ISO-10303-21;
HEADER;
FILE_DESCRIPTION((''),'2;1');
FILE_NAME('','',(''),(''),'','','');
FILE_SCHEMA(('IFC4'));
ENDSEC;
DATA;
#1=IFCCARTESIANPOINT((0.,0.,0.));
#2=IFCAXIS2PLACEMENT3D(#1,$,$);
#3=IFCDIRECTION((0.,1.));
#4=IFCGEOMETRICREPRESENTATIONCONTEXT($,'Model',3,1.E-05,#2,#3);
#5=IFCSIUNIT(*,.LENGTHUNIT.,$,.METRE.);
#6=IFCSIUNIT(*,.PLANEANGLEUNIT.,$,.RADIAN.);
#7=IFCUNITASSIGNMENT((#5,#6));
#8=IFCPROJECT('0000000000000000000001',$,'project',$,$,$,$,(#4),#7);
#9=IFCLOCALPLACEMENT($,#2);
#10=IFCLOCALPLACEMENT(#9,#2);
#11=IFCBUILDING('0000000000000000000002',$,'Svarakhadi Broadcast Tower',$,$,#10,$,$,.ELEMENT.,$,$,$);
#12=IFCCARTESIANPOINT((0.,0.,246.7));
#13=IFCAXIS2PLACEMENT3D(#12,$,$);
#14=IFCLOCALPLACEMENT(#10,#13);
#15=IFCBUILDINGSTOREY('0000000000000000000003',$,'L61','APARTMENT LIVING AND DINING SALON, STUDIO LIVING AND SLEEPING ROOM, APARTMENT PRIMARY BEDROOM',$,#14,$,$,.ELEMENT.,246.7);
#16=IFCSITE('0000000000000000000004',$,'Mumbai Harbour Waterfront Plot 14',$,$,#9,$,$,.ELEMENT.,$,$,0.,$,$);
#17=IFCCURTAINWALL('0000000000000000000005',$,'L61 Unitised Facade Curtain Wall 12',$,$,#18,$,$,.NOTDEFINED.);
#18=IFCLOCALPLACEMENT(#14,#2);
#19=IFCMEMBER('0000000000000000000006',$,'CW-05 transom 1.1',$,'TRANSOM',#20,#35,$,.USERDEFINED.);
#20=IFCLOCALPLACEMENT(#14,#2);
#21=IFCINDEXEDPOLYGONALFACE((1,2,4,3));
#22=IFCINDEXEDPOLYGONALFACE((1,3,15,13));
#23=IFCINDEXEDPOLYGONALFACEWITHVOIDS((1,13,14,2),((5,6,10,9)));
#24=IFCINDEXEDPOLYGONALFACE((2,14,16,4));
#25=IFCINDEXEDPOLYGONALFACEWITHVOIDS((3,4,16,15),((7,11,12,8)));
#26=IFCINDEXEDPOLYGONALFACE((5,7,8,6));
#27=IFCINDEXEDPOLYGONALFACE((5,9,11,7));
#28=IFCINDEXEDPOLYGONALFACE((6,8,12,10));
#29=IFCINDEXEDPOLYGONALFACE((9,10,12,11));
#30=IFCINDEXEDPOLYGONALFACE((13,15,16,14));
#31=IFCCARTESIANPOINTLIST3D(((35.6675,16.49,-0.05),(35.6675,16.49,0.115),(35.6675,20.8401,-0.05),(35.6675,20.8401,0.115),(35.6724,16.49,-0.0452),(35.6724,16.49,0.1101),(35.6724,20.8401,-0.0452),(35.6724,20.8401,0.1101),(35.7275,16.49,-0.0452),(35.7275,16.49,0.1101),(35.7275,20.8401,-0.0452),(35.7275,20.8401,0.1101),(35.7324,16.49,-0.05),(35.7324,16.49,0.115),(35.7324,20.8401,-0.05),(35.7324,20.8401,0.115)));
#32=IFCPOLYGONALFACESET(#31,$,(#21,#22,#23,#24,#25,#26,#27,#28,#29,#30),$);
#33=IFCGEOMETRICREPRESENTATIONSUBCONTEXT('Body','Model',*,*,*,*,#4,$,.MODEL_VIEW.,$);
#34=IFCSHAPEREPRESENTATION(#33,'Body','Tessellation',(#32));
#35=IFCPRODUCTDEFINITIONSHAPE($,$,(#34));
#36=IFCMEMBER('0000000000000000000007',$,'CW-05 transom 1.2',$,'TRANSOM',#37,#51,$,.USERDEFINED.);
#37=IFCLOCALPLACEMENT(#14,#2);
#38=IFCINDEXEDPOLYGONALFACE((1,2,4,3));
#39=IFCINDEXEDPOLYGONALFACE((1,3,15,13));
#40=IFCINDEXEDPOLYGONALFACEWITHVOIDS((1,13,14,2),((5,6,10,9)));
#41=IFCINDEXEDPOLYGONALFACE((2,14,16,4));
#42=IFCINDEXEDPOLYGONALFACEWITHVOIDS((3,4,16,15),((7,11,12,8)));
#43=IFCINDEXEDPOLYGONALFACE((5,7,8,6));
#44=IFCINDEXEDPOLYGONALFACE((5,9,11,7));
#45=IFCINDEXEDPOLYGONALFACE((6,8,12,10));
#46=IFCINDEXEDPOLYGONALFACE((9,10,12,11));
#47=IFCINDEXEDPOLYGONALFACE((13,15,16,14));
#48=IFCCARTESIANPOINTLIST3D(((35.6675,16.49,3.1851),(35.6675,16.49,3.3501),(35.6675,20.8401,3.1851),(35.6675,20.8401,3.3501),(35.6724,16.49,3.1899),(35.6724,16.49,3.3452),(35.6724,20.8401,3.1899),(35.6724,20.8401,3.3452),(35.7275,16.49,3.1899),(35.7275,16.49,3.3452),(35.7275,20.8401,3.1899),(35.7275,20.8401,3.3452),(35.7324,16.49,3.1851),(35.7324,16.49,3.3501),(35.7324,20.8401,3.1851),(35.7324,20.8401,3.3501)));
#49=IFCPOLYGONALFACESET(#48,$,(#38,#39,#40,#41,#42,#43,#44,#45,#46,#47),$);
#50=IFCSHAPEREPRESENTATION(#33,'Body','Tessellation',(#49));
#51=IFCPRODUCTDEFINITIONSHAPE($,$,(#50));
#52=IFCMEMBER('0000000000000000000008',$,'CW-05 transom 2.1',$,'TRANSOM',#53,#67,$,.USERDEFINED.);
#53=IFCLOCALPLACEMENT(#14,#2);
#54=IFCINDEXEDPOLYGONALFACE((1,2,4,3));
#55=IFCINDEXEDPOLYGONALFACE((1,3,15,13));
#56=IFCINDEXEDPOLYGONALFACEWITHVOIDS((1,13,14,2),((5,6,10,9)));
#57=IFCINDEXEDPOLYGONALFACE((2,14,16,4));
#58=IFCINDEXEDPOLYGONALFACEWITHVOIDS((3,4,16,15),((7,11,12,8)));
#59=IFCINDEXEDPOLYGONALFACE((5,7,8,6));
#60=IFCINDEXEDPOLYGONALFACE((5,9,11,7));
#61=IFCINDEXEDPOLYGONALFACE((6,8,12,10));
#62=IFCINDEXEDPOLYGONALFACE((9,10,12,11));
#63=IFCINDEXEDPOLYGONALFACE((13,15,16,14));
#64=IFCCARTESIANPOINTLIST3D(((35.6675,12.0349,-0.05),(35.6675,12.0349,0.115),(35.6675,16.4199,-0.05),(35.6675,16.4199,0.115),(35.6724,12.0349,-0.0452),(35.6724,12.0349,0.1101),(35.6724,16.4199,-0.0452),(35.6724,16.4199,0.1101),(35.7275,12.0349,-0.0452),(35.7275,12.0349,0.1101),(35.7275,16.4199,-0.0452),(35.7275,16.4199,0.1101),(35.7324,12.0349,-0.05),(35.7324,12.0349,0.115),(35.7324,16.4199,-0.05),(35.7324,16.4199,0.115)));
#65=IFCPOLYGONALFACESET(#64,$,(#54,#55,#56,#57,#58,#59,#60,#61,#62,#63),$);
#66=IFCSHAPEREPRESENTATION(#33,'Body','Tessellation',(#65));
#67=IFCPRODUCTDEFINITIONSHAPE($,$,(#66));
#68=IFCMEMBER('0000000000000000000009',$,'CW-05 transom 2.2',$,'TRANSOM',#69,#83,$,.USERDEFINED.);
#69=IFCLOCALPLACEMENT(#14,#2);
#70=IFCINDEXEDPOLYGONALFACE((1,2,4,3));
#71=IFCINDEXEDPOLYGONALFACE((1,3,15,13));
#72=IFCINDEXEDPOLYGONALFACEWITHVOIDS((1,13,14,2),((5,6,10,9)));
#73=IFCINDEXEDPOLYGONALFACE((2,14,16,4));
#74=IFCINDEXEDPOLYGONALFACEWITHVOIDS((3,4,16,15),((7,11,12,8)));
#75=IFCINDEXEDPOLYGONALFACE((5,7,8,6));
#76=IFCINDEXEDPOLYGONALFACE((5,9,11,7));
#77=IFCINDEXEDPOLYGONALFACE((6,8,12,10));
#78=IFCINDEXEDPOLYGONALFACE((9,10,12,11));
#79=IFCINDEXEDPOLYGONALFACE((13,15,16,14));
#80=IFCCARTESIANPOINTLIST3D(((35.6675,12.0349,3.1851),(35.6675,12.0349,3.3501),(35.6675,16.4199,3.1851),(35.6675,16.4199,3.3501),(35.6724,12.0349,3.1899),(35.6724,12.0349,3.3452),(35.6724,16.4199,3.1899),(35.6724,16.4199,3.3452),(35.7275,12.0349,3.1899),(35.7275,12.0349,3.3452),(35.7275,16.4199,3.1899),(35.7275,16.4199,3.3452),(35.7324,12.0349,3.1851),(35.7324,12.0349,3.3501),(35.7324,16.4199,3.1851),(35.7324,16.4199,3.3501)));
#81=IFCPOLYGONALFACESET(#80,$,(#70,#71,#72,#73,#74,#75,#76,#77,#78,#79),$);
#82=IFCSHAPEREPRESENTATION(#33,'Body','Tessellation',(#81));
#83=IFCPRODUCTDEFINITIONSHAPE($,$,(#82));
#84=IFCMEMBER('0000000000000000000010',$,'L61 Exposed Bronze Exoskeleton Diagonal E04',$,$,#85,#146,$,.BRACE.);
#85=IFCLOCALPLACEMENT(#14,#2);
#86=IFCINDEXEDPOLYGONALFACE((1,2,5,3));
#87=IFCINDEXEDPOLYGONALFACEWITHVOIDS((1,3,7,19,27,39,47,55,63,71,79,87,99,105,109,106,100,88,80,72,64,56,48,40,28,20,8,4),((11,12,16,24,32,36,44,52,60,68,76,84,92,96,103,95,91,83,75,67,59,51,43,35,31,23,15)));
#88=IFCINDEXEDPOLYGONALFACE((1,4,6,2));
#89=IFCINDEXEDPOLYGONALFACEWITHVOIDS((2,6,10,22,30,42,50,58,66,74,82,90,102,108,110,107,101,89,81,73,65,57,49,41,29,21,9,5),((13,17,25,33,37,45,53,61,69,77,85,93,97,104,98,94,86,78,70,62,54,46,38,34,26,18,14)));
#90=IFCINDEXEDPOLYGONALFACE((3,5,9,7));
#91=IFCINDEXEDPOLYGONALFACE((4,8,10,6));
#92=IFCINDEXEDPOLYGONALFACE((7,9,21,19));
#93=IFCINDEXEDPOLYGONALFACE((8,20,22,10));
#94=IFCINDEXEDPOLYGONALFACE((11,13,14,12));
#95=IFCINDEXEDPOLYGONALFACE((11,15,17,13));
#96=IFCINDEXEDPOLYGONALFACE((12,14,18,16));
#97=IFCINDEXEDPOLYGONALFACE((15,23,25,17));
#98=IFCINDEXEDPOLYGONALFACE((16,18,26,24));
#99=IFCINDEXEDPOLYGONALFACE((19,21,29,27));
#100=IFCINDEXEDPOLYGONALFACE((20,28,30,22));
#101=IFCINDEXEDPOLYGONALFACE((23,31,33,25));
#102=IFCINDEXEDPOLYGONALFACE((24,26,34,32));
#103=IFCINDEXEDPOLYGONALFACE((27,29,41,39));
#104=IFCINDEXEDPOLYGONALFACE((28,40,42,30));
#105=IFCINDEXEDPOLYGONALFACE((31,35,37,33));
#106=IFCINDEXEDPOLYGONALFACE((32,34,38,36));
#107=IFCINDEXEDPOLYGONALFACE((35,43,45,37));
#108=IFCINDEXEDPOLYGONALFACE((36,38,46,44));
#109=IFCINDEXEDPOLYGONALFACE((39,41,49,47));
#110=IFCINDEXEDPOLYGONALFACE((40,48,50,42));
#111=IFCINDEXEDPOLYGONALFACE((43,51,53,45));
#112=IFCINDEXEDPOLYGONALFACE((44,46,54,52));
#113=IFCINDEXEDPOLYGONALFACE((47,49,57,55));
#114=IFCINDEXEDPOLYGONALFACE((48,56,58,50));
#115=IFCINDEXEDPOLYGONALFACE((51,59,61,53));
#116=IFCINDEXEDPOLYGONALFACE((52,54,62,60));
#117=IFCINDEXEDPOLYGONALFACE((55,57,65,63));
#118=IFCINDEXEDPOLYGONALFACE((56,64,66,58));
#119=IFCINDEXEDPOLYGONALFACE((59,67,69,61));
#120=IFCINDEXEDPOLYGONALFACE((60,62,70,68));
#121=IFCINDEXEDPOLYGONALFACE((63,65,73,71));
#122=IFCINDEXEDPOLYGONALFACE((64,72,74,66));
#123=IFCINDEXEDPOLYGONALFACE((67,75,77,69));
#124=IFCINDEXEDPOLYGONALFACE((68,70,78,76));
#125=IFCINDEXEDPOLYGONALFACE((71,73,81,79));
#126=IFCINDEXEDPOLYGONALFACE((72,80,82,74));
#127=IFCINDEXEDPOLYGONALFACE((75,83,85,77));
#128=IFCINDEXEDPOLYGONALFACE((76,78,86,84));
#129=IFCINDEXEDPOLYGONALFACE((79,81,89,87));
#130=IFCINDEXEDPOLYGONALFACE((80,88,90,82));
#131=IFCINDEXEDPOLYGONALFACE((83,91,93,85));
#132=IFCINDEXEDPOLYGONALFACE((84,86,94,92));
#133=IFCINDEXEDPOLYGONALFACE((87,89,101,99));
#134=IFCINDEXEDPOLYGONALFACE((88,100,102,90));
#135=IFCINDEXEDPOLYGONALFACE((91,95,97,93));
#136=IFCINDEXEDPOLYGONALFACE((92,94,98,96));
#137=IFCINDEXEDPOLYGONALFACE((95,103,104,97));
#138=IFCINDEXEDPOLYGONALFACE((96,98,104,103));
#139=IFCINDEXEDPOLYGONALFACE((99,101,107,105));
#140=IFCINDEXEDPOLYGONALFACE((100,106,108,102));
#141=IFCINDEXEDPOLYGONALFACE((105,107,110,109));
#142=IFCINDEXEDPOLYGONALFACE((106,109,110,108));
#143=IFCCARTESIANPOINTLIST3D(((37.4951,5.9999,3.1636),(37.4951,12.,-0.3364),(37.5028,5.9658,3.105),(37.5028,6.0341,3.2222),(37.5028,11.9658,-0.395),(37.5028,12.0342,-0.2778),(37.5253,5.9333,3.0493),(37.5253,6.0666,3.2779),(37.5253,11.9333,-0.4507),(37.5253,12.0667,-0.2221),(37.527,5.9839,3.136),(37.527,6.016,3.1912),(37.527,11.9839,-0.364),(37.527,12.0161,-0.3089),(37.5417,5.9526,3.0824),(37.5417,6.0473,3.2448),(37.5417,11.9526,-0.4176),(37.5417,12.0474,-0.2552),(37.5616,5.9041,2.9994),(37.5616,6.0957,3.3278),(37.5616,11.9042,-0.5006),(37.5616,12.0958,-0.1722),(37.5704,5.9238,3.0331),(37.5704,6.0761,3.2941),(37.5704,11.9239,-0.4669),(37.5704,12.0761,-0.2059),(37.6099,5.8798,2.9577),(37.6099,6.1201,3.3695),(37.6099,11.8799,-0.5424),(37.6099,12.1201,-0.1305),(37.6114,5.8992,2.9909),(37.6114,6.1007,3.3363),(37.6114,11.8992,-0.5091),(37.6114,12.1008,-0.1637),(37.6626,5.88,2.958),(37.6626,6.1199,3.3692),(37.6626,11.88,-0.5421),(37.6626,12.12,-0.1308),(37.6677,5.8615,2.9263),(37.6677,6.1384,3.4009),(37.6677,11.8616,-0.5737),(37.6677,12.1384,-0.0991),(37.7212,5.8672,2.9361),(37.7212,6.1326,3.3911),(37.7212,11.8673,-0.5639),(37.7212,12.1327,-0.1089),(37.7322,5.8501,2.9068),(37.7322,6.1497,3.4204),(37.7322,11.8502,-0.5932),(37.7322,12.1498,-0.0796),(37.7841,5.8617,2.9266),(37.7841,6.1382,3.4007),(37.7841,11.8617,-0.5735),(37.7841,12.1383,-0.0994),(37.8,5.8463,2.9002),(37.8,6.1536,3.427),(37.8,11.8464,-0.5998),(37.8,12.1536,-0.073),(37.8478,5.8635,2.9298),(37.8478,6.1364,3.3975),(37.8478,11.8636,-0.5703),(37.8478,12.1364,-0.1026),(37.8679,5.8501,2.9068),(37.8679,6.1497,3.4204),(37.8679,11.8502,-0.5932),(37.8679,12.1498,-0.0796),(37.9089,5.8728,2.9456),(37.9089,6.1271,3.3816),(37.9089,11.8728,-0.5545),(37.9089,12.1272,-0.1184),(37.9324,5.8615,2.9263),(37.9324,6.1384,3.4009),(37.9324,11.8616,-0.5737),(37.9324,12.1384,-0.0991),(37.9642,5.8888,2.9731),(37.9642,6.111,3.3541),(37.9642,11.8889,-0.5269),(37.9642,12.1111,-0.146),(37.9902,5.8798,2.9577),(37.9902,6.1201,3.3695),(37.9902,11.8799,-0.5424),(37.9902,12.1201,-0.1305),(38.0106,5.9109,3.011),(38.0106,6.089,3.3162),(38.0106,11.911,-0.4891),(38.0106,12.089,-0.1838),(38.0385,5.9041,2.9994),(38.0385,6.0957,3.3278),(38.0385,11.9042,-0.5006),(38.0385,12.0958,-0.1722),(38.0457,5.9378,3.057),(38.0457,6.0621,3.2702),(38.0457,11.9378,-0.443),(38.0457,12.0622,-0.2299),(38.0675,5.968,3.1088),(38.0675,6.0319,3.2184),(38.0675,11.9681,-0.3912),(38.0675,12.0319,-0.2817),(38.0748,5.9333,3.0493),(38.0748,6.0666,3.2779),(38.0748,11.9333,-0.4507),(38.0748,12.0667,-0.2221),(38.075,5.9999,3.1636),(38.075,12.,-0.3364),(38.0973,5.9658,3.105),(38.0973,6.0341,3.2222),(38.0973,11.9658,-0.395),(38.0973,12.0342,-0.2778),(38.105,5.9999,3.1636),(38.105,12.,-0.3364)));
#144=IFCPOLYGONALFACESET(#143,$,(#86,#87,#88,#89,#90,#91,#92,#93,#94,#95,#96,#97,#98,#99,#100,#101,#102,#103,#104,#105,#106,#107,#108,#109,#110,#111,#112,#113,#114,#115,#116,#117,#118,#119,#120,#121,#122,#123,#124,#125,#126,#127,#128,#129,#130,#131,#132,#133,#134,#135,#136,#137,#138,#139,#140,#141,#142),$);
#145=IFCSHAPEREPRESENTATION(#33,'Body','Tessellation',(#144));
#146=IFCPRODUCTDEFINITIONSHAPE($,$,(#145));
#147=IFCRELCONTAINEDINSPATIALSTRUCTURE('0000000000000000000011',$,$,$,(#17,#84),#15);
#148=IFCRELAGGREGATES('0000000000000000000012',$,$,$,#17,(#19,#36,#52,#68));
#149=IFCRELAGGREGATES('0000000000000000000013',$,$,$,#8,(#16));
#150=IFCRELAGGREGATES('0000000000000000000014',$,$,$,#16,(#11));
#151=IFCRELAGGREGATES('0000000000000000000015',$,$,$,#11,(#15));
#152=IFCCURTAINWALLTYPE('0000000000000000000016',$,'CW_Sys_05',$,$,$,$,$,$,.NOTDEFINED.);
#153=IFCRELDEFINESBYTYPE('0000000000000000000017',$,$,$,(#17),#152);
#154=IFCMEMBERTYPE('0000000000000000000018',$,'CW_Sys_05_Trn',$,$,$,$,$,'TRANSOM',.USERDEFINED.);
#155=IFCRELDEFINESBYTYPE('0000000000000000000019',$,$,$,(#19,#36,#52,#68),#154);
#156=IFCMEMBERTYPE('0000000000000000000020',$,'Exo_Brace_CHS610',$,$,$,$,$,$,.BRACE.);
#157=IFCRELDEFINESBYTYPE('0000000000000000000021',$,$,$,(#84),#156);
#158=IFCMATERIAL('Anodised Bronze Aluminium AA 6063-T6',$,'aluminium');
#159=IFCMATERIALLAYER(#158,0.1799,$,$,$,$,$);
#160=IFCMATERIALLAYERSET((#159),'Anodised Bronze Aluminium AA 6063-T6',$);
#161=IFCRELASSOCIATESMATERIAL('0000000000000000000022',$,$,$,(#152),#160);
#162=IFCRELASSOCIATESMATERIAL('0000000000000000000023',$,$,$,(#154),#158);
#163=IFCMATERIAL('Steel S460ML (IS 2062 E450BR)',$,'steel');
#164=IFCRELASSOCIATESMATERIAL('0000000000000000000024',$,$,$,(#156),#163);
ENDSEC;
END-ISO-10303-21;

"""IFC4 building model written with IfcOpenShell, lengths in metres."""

from ifc_helpers import new_model, si_unit, direction, frame, origin, origin_2d, place, context, subcontext, project, spatial, hollow_rectangle, hollow_circle, extrude, material, layer, layer_set, material_profile, profile_set, type_object, element, aggregate, save


model = new_model("IFC4")

# Units and contexts
model_context = context("Model", 3, precision=1e-05, world=origin(), true_north=direction((0.0, 1.0)))
body_context = subcontext(model_context, "Body", "Model", "MODEL_VIEW")
ifc_project = project(units=[si_unit("LENGTHUNIT", "METRE"), si_unit("PLANEANGLEUNIT", "RADIAN")], contexts=[model_context])

# Site, building, storey
site_placement = place(None, origin())
site = spatial("IfcSite", under=ifc_project, at=site_placement, Name="Mumbai Harbour Waterfront Plot 14", CompositionType="ELEMENT", RefElevation=0.0)
building_placement = place(site_placement, origin())
building = spatial("IfcBuilding", under=site, at=building_placement, Name="Svarakhadi Broadcast Tower", CompositionType="ELEMENT")
storey_placement = place(building_placement, frame((0.0, 0.0, 246.7)))
storey = spatial("IfcBuildingStorey", under=building, at=storey_placement, Name="L61", Description="APARTMENT LIVING AND DINING SALON, STUDIO LIVING AND SLEEPING ROOM, APARTMENT PRIMARY BEDROOM", CompositionType="ELEMENT", Elevation=246.7)

# Shared definitions
ifc_material_1 = material(Name="Steel S460ML (IS 2062 E450BR)", Category="steel")

# Shared definitions
ifc_material_2 = material(Name="Anodised Bronze Aluminium AA 6063-T6", Category="aluminium")
ifc_layer_1 = layer(ifc_material_2, 0.1799)
ifc_layer_set_1 = layer_set([ifc_layer_1], Name="Anodised Bronze Aluminium AA 6063-T6")
curtain_wall_type = type_object("IfcCurtainWallType", Name="CW_Sys_05", PredefinedType="NOTDEFINED", material=ifc_layer_set_1)

# Curtain wall
curtain_wall_1_placement = place(storey_placement, origin())
curtain_wall_1 = element("IfcCurtainWall", 1, at=curtain_wall_1_placement, inside=storey, type_object=curtain_wall_type, Name="L61 Unitised Facade Curtain Wall 12", PredefinedType="NOTDEFINED")

# Members
ifc_material_profile_1 = material_profile(ifc_material_2, hollow_rectangle(XDim=0.0649, YDim=0.165, WallThickness=0.0049, at=origin_2d()), Name="ALU TRANSOM 165x65x5")
ifc_profile_set_1 = profile_set([ifc_material_profile_1], Name="Anodised Bronze Aluminium AA 6063-T6")
member_type_1 = type_object("IfcMemberType", Name="CW_Sys_05_Trn", ElementType="TRANSOM", PredefinedType="USERDEFINED", material=ifc_profile_set_1)
member_1_placement = place(storey_placement, frame((35.7, 20.8401, 0.0325), z_axis=(0.0, -1.0, 0.0), x_axis=(1.0, 0.0, 0.0)))
member_1 = element("IfcMember", 2, at=member_1_placement, type_object=member_type_1, Name="CW-05 transom 1.1", ObjectType="TRANSOM", PredefinedType="USERDEFINED", context=body_context, shape_type="SweptSolid", body=[
    extrude(hollow_rectangle(XDim=0.0649, YDim=0.165, WallThickness=0.0049, at=origin_2d()), origin(), (0.0, 0.0, 1.0), 4.3501),
])
member_2_placement = place(storey_placement, frame((35.7, 20.8401, 3.2676), z_axis=(0.0, -1.0, 0.0), x_axis=(1.0, 0.0, 0.0)))
member_2 = element("IfcMember", 3, at=member_2_placement, type_object=member_type_1, Name="CW-05 transom 1.2", ObjectType="TRANSOM", PredefinedType="USERDEFINED", context=body_context, shape_type="SweptSolid", body=[
    extrude(hollow_rectangle(XDim=0.0649, YDim=0.165, WallThickness=0.0049, at=origin_2d()), origin(), (0.0, 0.0, 1.0), 4.3501),
])
member_3_placement = place(storey_placement, frame((35.7, 16.4199, 0.0325), z_axis=(0.0, -1.0, 0.0), x_axis=(1.0, 0.0, 0.0)))
member_3 = element("IfcMember", 4, at=member_3_placement, type_object=member_type_1, Name="CW-05 transom 2.1", ObjectType="TRANSOM", PredefinedType="USERDEFINED", context=body_context, shape_type="SweptSolid", body=[
    extrude(hollow_rectangle(XDim=0.0649, YDim=0.165, WallThickness=0.0049, at=origin_2d()), origin(), (0.0, 0.0, 1.0), 4.385),
])
member_4_placement = place(storey_placement, frame((35.7, 16.4199, 3.2676), z_axis=(0.0, -1.0, 0.0), x_axis=(1.0, 0.0, 0.0)))
member_4 = element("IfcMember", 5, at=member_4_placement, type_object=member_type_1, Name="CW-05 transom 2.2", ObjectType="TRANSOM", PredefinedType="USERDEFINED", context=body_context, shape_type="SweptSolid", body=[
    extrude(hollow_rectangle(XDim=0.0649, YDim=0.165, WallThickness=0.0049, at=origin_2d()), origin(), (0.0, 0.0, 1.0), 4.385),
])

# Member
ifc_material_profile_2 = material_profile(ifc_material_1, hollow_circle(Radius=0.3049, WallThickness=0.03, at=origin_2d()), Name="CHS 610x30")
ifc_profile_set_2 = profile_set([ifc_material_profile_2], Name="Steel S460ML (IS 2062 E450BR)")
member_type_2 = type_object("IfcMemberType", Name="Exo_Brace_CHS610", PredefinedType="BRACE", material=ifc_profile_set_2)
for number, where, z_axis, x_axis, name in (
    (6, (37.8, 12.0, -0.3364), (0.0, -0.863779, 0.503871), (1.0, 0.0, 0.0), "L61 Exposed Bronze Exoskeleton Diagonal E04"),
):
    element("IfcMember", number, at=place(storey_placement, frame(where, z_axis=z_axis, x_axis=x_axis)), inside=storey, type_object=member_type_2, Name=name, PredefinedType="BRACE", context=body_context, shape_type="SweptSolid", body=[
        extrude(hollow_circle(Radius=0.3049, WallThickness=0.03, at=origin_2d()), origin(), (0.0, 0.0, 1.0), 6.9463),
    ])

aggregate(curtain_wall_1, [member_1, member_2, member_3, member_4])

save(model, "model.ifc")
